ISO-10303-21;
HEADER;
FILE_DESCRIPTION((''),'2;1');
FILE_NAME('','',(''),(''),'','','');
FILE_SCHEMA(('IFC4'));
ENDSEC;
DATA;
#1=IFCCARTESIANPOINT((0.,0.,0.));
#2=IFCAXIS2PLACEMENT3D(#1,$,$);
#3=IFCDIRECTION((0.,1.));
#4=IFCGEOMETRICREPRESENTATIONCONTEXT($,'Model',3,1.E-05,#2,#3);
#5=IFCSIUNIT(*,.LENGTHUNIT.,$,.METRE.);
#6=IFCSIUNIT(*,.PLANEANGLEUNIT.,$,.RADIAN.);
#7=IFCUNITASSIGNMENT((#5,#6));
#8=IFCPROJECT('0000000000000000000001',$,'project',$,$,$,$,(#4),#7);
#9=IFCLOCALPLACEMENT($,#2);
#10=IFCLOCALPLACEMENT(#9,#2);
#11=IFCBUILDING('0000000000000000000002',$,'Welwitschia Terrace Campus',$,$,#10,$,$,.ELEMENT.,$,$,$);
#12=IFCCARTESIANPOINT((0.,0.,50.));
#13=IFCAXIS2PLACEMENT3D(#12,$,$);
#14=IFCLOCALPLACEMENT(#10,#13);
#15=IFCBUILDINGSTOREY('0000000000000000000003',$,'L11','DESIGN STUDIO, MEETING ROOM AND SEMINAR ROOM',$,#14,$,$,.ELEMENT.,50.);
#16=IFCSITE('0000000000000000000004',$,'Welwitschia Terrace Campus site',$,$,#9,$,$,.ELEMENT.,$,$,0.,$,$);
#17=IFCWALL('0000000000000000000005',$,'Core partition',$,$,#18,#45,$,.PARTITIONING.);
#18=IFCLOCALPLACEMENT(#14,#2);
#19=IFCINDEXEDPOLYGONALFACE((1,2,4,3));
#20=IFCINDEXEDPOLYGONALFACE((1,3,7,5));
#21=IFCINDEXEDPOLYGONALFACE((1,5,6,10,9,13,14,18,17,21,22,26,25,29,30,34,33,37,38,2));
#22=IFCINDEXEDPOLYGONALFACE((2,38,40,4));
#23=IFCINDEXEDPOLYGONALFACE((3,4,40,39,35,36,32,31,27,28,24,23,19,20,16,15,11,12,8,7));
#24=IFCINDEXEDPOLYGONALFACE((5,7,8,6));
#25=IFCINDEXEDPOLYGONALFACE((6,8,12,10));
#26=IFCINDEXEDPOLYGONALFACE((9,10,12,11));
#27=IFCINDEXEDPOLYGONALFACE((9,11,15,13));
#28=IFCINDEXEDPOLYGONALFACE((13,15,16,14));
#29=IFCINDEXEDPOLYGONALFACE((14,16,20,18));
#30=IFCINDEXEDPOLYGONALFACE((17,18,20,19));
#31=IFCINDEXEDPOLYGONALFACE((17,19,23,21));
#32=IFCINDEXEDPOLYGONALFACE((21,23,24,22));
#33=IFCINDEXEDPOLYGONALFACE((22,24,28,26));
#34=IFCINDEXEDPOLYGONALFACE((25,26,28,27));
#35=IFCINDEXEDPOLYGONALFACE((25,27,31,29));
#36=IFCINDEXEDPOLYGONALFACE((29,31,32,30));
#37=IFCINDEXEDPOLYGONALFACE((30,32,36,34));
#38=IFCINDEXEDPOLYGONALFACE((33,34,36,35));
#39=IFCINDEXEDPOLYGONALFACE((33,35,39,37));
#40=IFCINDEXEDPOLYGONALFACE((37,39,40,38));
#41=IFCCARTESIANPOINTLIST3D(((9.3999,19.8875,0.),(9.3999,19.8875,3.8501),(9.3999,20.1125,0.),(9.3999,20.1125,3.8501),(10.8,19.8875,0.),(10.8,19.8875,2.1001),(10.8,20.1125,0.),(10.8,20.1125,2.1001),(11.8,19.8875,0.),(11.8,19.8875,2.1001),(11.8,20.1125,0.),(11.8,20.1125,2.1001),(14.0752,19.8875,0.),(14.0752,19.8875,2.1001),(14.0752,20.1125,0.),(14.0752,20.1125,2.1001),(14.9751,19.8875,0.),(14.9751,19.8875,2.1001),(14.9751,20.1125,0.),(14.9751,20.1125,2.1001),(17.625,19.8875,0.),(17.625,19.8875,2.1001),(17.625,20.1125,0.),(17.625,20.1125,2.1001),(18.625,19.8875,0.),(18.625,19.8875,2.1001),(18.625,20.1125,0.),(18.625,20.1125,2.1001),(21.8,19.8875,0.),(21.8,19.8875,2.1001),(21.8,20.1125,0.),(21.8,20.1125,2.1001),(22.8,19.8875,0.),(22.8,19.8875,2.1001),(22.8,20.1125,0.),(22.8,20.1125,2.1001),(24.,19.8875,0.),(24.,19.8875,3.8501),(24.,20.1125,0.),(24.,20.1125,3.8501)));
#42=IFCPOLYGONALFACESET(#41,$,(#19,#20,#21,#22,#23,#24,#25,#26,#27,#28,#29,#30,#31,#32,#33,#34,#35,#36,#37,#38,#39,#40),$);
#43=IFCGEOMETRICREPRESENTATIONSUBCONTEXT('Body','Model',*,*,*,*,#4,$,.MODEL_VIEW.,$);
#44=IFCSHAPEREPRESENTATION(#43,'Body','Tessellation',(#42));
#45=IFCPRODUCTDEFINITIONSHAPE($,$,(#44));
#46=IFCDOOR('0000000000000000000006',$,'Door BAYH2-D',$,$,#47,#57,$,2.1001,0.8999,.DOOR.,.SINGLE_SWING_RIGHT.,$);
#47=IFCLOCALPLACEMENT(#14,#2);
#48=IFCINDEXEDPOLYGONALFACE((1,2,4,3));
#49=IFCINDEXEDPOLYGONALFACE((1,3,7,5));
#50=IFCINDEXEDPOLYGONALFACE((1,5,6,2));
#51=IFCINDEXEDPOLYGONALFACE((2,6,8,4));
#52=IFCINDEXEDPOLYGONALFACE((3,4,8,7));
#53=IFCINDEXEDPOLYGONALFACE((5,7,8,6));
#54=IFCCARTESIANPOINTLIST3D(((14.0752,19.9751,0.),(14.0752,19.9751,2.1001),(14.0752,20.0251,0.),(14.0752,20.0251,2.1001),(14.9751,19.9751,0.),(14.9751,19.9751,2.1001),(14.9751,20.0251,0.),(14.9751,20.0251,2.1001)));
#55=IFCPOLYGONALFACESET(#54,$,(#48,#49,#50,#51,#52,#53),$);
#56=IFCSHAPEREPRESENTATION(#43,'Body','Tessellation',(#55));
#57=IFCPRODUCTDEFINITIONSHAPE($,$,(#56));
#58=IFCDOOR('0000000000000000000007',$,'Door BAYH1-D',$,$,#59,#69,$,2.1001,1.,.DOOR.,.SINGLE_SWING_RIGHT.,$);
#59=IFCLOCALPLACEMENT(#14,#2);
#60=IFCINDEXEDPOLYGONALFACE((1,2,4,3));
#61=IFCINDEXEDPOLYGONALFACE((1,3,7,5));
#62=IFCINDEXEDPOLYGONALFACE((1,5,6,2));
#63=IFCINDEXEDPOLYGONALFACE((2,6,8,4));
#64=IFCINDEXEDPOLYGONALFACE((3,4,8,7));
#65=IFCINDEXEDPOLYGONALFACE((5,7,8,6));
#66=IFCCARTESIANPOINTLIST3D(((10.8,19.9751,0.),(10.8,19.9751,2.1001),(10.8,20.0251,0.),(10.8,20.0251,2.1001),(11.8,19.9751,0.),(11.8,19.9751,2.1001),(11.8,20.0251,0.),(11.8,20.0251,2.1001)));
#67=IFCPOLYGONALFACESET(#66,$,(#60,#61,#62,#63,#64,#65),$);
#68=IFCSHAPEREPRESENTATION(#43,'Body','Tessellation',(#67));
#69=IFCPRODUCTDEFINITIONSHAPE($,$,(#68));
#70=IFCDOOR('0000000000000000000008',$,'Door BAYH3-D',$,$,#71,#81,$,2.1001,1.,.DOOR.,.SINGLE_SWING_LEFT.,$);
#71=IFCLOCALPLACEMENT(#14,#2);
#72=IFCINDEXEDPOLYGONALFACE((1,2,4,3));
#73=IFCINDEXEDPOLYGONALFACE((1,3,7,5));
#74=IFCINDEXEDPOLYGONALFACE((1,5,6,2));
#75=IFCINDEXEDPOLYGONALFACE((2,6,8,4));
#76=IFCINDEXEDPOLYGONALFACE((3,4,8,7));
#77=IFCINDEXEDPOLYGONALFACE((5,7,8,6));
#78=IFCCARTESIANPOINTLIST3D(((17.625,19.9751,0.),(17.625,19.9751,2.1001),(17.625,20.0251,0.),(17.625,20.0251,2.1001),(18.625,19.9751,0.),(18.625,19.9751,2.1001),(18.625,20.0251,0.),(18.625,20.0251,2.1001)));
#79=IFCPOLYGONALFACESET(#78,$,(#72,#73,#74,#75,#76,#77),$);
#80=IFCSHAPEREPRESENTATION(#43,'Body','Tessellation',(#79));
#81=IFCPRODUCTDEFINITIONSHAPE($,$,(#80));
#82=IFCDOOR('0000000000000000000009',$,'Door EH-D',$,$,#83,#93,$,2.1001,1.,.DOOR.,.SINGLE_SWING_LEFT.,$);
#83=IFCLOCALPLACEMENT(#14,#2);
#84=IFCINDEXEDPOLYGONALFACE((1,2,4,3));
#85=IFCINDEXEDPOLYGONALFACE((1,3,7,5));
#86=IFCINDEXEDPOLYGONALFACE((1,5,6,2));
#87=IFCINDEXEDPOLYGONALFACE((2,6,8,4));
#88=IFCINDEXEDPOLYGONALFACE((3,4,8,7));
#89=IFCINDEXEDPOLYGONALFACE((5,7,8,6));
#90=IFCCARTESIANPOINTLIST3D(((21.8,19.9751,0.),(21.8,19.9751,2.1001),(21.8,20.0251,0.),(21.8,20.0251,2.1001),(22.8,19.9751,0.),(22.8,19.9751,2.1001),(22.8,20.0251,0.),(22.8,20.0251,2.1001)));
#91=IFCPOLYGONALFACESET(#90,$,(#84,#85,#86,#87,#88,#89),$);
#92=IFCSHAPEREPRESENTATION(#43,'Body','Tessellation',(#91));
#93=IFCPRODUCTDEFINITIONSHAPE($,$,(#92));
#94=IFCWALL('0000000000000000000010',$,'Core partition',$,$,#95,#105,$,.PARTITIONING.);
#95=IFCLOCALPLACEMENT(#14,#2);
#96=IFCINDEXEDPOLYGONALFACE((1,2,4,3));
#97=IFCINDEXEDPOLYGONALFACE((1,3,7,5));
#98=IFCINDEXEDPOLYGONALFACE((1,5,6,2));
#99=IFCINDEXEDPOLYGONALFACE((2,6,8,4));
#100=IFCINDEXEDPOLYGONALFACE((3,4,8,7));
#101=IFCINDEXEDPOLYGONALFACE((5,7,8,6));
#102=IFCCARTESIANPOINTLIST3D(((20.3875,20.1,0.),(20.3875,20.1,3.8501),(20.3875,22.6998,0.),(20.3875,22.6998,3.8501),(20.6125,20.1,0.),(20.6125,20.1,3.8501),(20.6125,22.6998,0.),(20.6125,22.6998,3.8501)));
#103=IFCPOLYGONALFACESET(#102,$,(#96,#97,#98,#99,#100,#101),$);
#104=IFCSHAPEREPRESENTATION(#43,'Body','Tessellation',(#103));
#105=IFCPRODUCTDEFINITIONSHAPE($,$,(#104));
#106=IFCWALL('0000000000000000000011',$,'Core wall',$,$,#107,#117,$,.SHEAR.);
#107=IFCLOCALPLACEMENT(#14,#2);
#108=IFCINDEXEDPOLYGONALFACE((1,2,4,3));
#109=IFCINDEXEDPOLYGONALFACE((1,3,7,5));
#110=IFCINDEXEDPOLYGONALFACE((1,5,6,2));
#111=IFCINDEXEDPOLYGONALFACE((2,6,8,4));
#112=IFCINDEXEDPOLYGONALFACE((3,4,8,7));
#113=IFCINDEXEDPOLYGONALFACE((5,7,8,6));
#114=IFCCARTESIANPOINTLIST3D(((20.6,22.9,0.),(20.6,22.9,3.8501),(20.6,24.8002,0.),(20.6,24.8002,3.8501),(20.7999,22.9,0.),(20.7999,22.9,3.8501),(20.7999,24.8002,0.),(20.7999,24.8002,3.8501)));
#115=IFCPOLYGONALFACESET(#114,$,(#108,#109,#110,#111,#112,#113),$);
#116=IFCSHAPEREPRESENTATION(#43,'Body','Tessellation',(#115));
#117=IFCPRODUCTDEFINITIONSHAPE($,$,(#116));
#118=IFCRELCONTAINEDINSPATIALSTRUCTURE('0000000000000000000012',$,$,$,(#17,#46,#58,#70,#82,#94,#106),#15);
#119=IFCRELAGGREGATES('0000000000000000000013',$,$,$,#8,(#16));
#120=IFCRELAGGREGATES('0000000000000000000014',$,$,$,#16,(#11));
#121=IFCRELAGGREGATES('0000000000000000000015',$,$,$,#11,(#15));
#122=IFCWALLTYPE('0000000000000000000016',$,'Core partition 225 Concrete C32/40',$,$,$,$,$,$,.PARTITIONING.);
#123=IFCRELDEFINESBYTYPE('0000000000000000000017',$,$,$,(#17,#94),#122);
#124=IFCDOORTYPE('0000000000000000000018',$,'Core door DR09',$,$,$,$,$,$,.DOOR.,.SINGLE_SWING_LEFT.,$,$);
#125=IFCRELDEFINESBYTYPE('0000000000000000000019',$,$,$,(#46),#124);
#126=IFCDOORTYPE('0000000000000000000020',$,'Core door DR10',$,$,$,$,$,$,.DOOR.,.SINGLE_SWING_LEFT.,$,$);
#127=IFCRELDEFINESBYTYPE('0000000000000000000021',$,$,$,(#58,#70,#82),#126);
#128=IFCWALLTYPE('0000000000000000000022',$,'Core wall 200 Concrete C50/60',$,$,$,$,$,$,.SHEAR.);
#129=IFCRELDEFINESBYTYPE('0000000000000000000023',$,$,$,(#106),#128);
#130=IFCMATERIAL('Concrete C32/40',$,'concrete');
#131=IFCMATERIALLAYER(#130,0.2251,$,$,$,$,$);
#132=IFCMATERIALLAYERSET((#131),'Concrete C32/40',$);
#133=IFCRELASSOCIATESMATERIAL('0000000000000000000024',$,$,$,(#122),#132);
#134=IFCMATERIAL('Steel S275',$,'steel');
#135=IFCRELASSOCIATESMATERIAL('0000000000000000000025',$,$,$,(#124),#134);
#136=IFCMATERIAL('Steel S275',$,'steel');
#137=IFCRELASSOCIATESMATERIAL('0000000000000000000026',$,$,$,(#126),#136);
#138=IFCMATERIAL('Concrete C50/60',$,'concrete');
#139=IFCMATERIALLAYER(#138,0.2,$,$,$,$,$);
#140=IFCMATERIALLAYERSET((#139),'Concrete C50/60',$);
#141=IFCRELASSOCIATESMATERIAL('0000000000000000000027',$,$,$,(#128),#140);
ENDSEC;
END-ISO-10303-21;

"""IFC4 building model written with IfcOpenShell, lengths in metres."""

from ifc_helpers import new_model, si_unit, direction, frame, frame_2d, origin, place, context, subcontext, project, spatial, rectangle, extrude, material, layer, layer_set, type_object, element, fill, save


model = new_model("IFC4")

# Units and contexts
model_context = context("Model", 3, precision=1e-05, world=origin(), true_north=direction((0.0, 1.0)))
body_context = subcontext(model_context, "Body", "Model", "MODEL_VIEW")
ifc_project = project(units=[si_unit("LENGTHUNIT", "METRE"), si_unit("PLANEANGLEUNIT", "RADIAN")], contexts=[model_context])

# Site, building, storey
site_placement = place(None, origin())
site = spatial("IfcSite", under=ifc_project, at=site_placement, Name="Welwitschia Terrace Campus site", CompositionType="ELEMENT", RefElevation=0.0)
building_placement = place(site_placement, origin())
building = spatial("IfcBuilding", under=site, at=building_placement, Name="Welwitschia Terrace Campus", CompositionType="ELEMENT")
storey_placement = place(building_placement, frame((0.0, 0.0, 50.0)))
storey = spatial("IfcBuildingStorey", under=building, at=storey_placement, Name="L11", Description="DESIGN STUDIO, MEETING ROOM AND SEMINAR ROOM", CompositionType="ELEMENT", Elevation=50.0)

# Wall, openings, doors
ifc_material_1 = material(Name="Concrete C32/40", Category="concrete")
ifc_layer_1 = layer(ifc_material_1, 0.2251)
ifc_layer_set_1 = layer_set([ifc_layer_1], Name="Concrete C32/40")
wall_type_1 = type_object("IfcWallType", Name="Core partition 225 Concrete C32/40", PredefinedType="PARTITIONING", material=ifc_layer_set_1)
wall_1_placement = place(storey_placement, frame((24.0, 20.0, 0.0), z_axis=(0.0, 0.0, 1.0), x_axis=(-1.0, 0.0, 0.0)))
wall_1 = element("IfcWall", 1, at=wall_1_placement, inside=storey, type_object=wall_type_1, Name="Core partition", PredefinedType="PARTITIONING", context=body_context, shape_type="SweptSolid", body=[
    extrude(rectangle(XDim=14.6001, YDim=0.2251, at=frame_2d((7.3, 0.0))), origin(), (0.0, 0.0, 1.0), 3.8501),
])
opening_1_placement = place(wall_1_placement, frame((12.2, 0.0, 0.0)))
opening_1 = element("IfcOpeningElement", 2, at=opening_1_placement, cuts=wall_1, PredefinedType="OPENING", context=body_context, shape_type="SweptSolid", body=[
    extrude(rectangle(XDim=1.0, YDim=2.1001, at=frame_2d((0.5, 1.05))), frame((0.0, 0.1226, 0.0), z_axis=(0.0, -1.0, 0.0), x_axis=(1.0, 0.0, 0.0)), (0.0, 0.0, 1.0), 0.2451),
])
opening_2_placement = place(wall_1_placement, frame((9.0249, 0.0, 0.0)))
opening_2 = element("IfcOpeningElement", 3, at=opening_2_placement, cuts=wall_1, PredefinedType="OPENING", context=body_context, shape_type="SweptSolid", body=[
    extrude(rectangle(XDim=0.8999, YDim=2.1001, at=frame_2d((0.45, 1.05))), frame((0.0, 0.1226, 0.0), z_axis=(0.0, -1.0, 0.0), x_axis=(1.0, 0.0, 0.0)), (0.0, 0.0, 1.0), 0.2451),
])
opening_3_placement = place(wall_1_placement, frame((5.375, 0.0, 0.0)))
opening_3 = element("IfcOpeningElement", 4, at=opening_3_placement, cuts=wall_1, PredefinedType="OPENING", context=body_context, shape_type="SweptSolid", body=[
    extrude(rectangle(XDim=1.0, YDim=2.1001, at=frame_2d((0.5, 1.05))), frame((0.0, 0.1226, 0.0), z_axis=(0.0, -1.0, 0.0), x_axis=(1.0, 0.0, 0.0)), (0.0, 0.0, 1.0), 0.2451),
])
opening_4_placement = place(wall_1_placement, frame((1.2, 0.0, 0.0)))
opening_4 = element("IfcOpeningElement", 5, at=opening_4_placement, cuts=wall_1, PredefinedType="OPENING", context=body_context, shape_type="SweptSolid", body=[
    extrude(rectangle(XDim=1.0, YDim=2.1001, at=frame_2d((0.5, 1.05))), frame((0.0, 0.1226, 0.0), z_axis=(0.0, -1.0, 0.0), x_axis=(1.0, 0.0, 0.0)), (0.0, 0.0, 1.0), 0.2451),
])
ifc_material_2 = material(Name="Steel S275", Category="steel")
door_type_1 = type_object("IfcDoorType", Name="Core door DR09", OperationType="SINGLE_SWING_LEFT", PredefinedType="DOOR", material=ifc_material_2)
door_1_placement = place(opening_2_placement, origin())
door_1 = element("IfcDoor", 6, at=door_1_placement, inside=storey, type_object=door_type_1, Name="Door BAYH2-D", OperationType="SINGLE_SWING_RIGHT", OverallHeight=2.1001, OverallWidth=0.8999, PredefinedType="DOOR", context=body_context, shape_type="SweptSolid", body=[
    extrude(rectangle(XDim=0.8999, YDim=2.1001, at=frame_2d((0.45, 1.05))), frame((0.0, 0.0249, 0.0), z_axis=(0.0, -1.0, 0.0), x_axis=(1.0, 0.0, 0.0)), (0.0, 0.0, 1.0), 0.05),
])
fill(opening_2, door_1)
ifc_material_3 = material(Name="Steel S275", Category="steel")
door_type_2 = type_object("IfcDoorType", Name="Core door DR10", OperationType="SINGLE_SWING_LEFT", PredefinedType="DOOR", material=ifc_material_3)
door_2_placement = place(opening_1_placement, origin())
door_2 = element("IfcDoor", 7, at=door_2_placement, inside=storey, type_object=door_type_2, Name="Door BAYH1-D", OperationType="SINGLE_SWING_RIGHT", OverallHeight=2.1001, OverallWidth=1.0, PredefinedType="DOOR", context=body_context, shape_type="SweptSolid", body=[
    extrude(rectangle(XDim=1.0, YDim=2.1001, at=frame_2d((0.5, 1.05))), frame((0.0, 0.0249, 0.0), z_axis=(0.0, -1.0, 0.0), x_axis=(1.0, 0.0, 0.0)), (0.0, 0.0, 1.0), 0.05),
])
fill(opening_1, door_2)
door_3_placement = place(opening_3_placement, origin())
door_3 = element("IfcDoor", 8, at=door_3_placement, inside=storey, type_object=door_type_2, Name="Door BAYH3-D", OperationType="SINGLE_SWING_LEFT", OverallHeight=2.1001, OverallWidth=1.0, PredefinedType="DOOR", context=body_context, shape_type="SweptSolid", body=[
    extrude(rectangle(XDim=1.0, YDim=2.1001, at=frame_2d((0.5, 1.05))), frame((0.0, 0.0249, 0.0), z_axis=(0.0, -1.0, 0.0), x_axis=(1.0, 0.0, 0.0)), (0.0, 0.0, 1.0), 0.05),
])
fill(opening_3, door_3)
door_4_placement = place(opening_4_placement, origin())
door_4 = element("IfcDoor", 9, at=door_4_placement, inside=storey, type_object=door_type_2, Name="Door EH-D", OperationType="SINGLE_SWING_LEFT", OverallHeight=2.1001, OverallWidth=1.0, PredefinedType="DOOR", context=body_context, shape_type="SweptSolid", body=[
    extrude(rectangle(XDim=1.0, YDim=2.1001, at=frame_2d((0.5, 1.05))), frame((0.0, 0.0249, 0.0), z_axis=(0.0, -1.0, 0.0), x_axis=(1.0, 0.0, 0.0)), (0.0, 0.0, 1.0), 0.05),
])
fill(opening_4, door_4)

# Walls
wall_2_placement = place(storey_placement, frame((20.5, 20.1001, 0.0), z_axis=(0.0, 0.0, 1.0), x_axis=(0.0, 1.0, 0.0)))
element("IfcWall", 10, at=wall_2_placement, inside=storey, type_object=wall_type_1, Name="Core partition", PredefinedType="PARTITIONING", context=body_context, shape_type="SweptSolid", body=[
    extrude(rectangle(XDim=2.5999, YDim=0.2251, at=frame_2d((1.2998, 0.0))), origin(), (0.0, 0.0, 1.0), 3.8501),
])
ifc_material_4 = material(Name="Concrete C50/60", Category="concrete")
ifc_layer_2 = layer(ifc_material_4, 0.2)
ifc_layer_set_2 = layer_set([ifc_layer_2], Name="Concrete C50/60")
wall_type_2 = type_object("IfcWallType", Name="Core wall 200 Concrete C50/60", PredefinedType="SHEAR", material=ifc_layer_set_2)
wall_3_placement = place(storey_placement, frame((20.7, 22.8999, 0.0), z_axis=(0.0, 0.0, 1.0), x_axis=(0.0, 1.0, 0.0)))
element("IfcWall", 11, at=wall_3_placement, inside=storey, type_object=wall_type_2, Name="Core wall", PredefinedType="SHEAR", context=body_context, shape_type="SweptSolid", body=[
    extrude(rectangle(XDim=1.9001, YDim=0.2, at=frame_2d((0.9502, 0.0))), origin(), (0.0, 0.0, 1.0), 3.8501),
])

save(model, "model.ifc")
